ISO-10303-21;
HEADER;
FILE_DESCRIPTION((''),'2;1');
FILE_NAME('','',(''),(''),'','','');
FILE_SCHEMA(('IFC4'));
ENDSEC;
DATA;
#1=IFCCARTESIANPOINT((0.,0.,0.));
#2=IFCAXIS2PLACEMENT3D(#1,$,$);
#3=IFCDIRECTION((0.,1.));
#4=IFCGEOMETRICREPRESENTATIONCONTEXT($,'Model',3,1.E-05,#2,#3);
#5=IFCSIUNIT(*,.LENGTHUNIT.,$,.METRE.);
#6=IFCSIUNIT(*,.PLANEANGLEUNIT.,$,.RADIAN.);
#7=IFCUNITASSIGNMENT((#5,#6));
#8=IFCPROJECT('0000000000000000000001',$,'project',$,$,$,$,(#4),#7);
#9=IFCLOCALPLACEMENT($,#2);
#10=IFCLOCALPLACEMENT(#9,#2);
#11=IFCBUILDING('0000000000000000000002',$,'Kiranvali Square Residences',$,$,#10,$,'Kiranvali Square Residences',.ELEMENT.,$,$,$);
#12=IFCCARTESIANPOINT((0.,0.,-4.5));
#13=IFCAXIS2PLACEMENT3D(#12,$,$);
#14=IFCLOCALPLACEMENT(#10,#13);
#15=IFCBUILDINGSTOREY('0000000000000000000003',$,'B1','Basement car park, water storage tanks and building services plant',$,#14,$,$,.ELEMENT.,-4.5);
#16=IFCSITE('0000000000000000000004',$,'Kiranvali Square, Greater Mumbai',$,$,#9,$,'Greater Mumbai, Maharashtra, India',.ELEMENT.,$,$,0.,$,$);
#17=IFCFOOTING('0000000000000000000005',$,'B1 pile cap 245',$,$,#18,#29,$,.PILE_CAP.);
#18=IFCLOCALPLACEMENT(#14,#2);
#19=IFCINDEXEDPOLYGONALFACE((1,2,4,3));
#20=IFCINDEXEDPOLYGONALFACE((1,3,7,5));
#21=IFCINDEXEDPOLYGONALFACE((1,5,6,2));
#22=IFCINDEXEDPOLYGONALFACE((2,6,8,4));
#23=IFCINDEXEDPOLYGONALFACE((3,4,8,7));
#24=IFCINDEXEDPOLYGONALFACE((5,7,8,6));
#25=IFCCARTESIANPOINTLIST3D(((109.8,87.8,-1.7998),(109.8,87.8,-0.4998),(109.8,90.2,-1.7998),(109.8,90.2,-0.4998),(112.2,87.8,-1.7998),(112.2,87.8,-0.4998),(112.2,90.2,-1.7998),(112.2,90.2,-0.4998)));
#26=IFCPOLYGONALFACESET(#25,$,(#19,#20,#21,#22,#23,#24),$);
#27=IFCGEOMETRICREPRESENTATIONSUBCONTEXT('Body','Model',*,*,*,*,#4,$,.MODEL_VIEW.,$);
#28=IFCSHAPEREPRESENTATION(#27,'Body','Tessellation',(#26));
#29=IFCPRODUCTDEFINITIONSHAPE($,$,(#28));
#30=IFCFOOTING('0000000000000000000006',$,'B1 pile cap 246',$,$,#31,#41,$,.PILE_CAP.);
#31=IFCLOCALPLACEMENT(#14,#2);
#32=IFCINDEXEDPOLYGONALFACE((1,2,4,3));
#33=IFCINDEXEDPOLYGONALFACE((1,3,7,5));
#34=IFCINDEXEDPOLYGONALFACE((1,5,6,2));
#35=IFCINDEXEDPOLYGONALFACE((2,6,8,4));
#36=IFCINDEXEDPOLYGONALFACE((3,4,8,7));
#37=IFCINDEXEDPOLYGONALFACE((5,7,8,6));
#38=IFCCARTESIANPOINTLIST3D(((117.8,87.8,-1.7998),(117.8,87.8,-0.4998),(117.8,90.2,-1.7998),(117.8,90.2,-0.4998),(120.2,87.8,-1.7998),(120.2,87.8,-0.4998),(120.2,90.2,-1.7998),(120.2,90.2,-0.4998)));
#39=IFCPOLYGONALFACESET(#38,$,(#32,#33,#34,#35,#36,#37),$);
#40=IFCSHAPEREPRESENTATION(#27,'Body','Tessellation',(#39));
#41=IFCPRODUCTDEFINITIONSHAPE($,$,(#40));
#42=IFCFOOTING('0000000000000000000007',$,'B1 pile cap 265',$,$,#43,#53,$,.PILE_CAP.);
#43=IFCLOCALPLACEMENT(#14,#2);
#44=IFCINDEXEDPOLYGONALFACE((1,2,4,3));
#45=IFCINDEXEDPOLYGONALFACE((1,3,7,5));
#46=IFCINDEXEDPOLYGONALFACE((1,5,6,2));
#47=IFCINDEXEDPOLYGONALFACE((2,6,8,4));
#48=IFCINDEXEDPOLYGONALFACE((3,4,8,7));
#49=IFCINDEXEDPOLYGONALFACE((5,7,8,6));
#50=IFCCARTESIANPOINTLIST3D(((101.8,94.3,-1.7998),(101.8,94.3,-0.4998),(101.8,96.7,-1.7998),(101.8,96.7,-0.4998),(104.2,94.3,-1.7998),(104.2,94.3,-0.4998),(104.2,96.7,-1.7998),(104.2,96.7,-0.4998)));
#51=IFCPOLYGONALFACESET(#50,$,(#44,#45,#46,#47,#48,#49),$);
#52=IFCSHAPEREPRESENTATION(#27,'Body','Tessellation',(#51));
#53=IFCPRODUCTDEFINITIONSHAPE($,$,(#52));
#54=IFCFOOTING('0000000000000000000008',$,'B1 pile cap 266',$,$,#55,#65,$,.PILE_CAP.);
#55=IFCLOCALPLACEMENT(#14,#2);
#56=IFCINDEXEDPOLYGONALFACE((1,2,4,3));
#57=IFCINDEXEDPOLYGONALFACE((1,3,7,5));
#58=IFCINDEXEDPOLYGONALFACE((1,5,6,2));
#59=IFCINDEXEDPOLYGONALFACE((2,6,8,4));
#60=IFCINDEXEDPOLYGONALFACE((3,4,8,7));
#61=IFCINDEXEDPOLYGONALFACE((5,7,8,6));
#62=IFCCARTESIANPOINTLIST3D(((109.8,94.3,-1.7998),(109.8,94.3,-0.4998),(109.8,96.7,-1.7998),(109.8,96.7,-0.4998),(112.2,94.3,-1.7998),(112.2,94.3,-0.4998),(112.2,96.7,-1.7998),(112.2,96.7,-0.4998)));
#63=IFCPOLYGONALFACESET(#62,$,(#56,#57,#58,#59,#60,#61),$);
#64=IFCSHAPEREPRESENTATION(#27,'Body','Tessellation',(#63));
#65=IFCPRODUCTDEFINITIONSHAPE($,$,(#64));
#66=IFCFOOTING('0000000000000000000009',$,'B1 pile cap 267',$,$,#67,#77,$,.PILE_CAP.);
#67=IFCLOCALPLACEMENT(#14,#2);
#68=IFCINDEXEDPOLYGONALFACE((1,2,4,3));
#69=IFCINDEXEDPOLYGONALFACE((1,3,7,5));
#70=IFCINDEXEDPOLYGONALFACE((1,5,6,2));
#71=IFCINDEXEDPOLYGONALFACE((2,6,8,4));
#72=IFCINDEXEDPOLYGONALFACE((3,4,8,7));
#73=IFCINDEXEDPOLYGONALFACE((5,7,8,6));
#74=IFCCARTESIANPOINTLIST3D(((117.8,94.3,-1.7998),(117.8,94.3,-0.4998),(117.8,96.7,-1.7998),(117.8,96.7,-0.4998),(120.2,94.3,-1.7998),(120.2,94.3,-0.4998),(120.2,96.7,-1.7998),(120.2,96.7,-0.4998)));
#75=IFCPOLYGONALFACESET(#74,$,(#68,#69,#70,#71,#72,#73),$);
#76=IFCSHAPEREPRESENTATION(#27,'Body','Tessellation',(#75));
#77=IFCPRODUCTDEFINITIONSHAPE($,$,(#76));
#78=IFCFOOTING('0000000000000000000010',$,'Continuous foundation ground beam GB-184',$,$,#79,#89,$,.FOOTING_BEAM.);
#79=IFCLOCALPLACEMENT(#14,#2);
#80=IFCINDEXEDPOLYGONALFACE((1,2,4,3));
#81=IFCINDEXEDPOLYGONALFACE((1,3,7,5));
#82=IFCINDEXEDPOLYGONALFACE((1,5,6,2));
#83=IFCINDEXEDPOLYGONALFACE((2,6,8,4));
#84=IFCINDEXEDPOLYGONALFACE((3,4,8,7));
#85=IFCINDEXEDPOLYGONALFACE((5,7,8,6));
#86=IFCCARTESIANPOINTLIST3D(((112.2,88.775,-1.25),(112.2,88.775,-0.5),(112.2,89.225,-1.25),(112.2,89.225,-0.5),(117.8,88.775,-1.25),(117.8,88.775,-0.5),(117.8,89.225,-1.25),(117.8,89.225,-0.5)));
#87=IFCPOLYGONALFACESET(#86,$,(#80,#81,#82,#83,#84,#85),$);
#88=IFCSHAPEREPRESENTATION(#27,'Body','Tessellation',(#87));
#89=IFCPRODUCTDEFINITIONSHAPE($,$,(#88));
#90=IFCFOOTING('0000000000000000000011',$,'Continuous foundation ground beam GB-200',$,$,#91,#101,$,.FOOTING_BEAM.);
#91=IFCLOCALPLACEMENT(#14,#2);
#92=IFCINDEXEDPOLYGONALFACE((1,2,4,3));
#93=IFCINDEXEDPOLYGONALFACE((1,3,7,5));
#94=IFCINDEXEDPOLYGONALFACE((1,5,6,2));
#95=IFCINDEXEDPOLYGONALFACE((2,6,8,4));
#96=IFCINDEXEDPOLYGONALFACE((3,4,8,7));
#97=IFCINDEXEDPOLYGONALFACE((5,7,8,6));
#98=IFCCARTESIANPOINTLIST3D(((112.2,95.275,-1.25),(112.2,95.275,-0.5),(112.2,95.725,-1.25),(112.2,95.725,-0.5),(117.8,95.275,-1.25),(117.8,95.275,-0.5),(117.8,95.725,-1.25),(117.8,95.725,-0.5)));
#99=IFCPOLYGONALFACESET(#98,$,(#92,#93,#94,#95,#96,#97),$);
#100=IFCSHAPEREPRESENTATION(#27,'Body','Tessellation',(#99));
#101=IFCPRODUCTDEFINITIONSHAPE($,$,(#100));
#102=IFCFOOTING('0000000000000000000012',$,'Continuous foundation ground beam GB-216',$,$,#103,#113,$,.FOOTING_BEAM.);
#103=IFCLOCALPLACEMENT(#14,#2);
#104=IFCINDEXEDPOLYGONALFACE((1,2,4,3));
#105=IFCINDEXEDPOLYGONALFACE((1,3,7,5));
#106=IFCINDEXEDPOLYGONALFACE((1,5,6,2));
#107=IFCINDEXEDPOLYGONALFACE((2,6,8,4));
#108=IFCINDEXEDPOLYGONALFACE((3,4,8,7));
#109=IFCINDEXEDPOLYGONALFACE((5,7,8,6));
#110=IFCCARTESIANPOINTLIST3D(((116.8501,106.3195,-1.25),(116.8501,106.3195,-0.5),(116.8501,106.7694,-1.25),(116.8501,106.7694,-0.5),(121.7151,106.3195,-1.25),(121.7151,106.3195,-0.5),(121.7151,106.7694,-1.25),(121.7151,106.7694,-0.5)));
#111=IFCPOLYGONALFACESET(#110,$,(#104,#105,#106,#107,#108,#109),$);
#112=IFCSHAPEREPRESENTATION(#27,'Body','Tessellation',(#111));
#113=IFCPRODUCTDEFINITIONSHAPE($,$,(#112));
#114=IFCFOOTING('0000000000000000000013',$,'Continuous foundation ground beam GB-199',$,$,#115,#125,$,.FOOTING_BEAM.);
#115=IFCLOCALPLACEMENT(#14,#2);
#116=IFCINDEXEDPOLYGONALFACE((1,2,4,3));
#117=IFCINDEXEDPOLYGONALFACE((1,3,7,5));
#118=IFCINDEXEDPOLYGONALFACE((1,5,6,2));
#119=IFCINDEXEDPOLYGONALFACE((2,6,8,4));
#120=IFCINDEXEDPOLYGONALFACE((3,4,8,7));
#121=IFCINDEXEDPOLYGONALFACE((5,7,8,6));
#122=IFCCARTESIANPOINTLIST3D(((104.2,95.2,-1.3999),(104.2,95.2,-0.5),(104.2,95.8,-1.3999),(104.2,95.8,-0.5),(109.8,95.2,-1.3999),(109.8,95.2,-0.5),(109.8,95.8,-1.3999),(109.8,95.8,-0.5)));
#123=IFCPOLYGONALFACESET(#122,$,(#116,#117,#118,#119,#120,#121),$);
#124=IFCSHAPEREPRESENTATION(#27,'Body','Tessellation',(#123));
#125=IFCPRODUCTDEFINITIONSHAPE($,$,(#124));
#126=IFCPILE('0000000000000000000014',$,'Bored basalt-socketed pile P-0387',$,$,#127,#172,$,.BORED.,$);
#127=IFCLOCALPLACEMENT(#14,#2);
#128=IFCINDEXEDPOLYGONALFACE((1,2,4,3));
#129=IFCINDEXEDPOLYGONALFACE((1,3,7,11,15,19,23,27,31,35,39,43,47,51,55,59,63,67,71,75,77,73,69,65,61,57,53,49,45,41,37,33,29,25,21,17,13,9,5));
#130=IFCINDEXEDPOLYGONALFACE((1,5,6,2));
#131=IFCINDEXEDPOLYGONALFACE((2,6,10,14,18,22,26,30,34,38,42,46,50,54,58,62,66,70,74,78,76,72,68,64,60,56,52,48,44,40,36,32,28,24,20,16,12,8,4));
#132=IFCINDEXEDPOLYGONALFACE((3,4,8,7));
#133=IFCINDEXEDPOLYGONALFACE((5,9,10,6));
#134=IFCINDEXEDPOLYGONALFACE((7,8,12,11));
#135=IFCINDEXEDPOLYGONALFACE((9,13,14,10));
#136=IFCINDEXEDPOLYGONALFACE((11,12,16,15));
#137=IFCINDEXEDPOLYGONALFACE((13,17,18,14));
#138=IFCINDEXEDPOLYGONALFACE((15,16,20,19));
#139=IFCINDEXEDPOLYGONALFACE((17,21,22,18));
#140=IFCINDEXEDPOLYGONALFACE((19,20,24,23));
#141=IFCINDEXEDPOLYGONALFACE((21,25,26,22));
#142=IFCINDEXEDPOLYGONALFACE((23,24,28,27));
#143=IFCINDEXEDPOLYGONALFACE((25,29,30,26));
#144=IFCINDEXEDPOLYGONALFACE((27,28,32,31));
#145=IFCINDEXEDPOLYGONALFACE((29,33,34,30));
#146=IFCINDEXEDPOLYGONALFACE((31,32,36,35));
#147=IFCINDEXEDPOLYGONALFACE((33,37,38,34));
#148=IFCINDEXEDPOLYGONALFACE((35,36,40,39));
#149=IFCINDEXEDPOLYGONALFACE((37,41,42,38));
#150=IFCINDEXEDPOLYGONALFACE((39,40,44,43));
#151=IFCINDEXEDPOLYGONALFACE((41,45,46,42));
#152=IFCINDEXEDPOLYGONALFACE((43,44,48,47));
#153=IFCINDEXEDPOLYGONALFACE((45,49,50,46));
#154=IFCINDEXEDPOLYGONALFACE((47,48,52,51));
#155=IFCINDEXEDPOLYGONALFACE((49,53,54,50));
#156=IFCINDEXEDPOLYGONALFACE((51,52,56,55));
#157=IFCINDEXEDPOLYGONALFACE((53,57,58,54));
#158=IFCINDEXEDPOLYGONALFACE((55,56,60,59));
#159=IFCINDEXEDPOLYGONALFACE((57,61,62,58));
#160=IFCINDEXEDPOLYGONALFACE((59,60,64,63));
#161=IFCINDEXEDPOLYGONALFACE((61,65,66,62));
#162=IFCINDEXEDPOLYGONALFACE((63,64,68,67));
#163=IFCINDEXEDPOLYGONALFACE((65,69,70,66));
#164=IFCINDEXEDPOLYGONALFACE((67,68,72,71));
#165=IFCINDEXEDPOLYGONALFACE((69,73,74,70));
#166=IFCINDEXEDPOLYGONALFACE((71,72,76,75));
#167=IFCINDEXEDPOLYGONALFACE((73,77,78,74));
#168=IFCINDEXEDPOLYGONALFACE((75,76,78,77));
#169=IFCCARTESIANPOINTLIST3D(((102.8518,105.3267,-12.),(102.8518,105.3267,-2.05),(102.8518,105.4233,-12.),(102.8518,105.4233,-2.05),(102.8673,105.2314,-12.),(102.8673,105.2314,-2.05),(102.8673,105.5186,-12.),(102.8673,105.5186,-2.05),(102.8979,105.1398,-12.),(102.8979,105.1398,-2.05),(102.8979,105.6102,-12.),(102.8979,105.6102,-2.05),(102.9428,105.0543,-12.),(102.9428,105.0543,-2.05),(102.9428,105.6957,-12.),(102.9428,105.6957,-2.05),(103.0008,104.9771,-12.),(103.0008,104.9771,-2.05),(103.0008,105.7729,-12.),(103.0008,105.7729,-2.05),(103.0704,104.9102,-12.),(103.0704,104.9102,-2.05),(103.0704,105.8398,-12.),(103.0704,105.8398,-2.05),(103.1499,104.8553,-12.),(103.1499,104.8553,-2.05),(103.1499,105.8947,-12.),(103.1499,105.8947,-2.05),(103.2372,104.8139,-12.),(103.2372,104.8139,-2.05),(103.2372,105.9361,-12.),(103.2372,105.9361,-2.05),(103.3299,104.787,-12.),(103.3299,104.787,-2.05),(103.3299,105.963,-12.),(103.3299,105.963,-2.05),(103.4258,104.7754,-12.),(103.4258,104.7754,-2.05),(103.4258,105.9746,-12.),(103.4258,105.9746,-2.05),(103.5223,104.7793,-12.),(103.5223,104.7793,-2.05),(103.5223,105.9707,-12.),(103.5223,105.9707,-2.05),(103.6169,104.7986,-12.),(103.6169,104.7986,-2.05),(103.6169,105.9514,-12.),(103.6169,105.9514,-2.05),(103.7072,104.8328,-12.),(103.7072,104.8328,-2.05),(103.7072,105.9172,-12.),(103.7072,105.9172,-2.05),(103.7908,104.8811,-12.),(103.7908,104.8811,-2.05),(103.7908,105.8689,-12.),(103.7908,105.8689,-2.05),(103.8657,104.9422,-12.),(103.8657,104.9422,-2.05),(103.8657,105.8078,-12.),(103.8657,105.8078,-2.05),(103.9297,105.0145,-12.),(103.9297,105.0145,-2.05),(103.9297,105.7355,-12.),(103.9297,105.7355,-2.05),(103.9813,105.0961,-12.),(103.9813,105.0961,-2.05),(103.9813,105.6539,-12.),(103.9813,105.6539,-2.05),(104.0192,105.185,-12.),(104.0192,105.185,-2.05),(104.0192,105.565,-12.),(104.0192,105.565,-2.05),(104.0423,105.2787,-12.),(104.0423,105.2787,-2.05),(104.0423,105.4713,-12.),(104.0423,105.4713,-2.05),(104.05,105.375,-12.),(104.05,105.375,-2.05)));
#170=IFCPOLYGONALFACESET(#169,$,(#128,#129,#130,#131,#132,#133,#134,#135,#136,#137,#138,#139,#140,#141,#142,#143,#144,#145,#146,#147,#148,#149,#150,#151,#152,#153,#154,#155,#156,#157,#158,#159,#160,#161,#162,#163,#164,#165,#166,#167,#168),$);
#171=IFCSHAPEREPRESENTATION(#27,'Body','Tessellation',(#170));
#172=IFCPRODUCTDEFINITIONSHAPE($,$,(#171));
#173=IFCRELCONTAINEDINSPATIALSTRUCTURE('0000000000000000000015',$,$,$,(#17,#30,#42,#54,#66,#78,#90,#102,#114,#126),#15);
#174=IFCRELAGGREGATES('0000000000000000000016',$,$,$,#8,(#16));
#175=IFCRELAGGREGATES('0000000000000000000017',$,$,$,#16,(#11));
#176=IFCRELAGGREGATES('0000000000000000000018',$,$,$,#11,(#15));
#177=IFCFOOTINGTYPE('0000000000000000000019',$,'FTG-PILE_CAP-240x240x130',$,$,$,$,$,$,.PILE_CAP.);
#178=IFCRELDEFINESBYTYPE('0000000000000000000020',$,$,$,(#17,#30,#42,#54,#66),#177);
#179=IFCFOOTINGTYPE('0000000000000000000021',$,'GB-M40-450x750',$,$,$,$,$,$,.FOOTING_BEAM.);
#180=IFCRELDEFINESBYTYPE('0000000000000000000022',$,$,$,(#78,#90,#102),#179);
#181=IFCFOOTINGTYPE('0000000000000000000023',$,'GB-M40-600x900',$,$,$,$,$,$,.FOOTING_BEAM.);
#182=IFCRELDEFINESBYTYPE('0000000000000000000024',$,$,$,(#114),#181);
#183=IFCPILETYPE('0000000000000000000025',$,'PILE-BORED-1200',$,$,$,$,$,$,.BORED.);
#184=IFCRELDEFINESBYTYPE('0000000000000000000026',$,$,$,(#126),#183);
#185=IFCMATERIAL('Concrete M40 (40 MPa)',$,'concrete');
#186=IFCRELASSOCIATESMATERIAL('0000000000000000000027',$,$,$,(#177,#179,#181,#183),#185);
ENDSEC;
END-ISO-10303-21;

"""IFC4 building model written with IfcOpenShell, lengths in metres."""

from ifc_helpers import new_model, si_unit, direction, frame, origin, origin_2d, place, context, subcontext, project, spatial, rectangle, circle, extrude, material, material_profile, profile_set, type_object, element, save


model = new_model("IFC4")

# Units and contexts
model_context = context("Model", 3, precision=1e-05, world=origin(), true_north=direction((0.0, 1.0)))
body_context = subcontext(model_context, "Body", "Model", "MODEL_VIEW")
ifc_project = project(units=[si_unit("LENGTHUNIT", "METRE"), si_unit("PLANEANGLEUNIT", "RADIAN")], contexts=[model_context])

# Site, building, storey
site_placement = place(None, origin())
site = spatial("IfcSite", under=ifc_project, at=site_placement, Name="Kiranvali Square, Greater Mumbai", LongName="Greater Mumbai, Maharashtra, India", CompositionType="ELEMENT", RefElevation=0.0)
building_placement = place(site_placement, origin())
building = spatial("IfcBuilding", under=site, at=building_placement, Name="Kiranvali Square Residences", LongName="Kiranvali Square Residences", CompositionType="ELEMENT")
storey_placement = place(building_placement, frame((0.0, 0.0, -4.5)))
storey = spatial("IfcBuildingStorey", under=building, at=storey_placement, Name="B1", Description="Basement car park, water storage tanks and building services plant", CompositionType="ELEMENT", Elevation=-4.5)

# Footings
ifc_material_1 = material(Name="Concrete M40 (40 MPa)", Category="concrete")
footing_type_1 = type_object("IfcFootingType", Name="FTG-PILE_CAP-240x240x130", PredefinedType="PILE_CAP", material=ifc_material_1)
for number, where, z_axis, x_axis, name in (
    (1, (111.0, 89.0, -1.7998), (0.0, 0.0, 1.0), (1.0, 0.0, 0.0), "B1 pile cap 245"),
    (2, (119.0, 89.0, -1.7998), (0.0, 0.0, 1.0), (1.0, 0.0, 0.0), "B1 pile cap 246"),
    (3, (103.0, 95.5, -1.7998), (0.0, 0.0, 1.0), (1.0, 0.0, 0.0), "B1 pile cap 265"),
    (4, (111.0, 95.5, -1.7998), (0.0, 0.0, 1.0), (1.0, 0.0, 0.0), "B1 pile cap 266"),
    (5, (119.0, 95.5, -1.7998), (0.0, 0.0, 1.0), (1.0, 0.0, 0.0), "B1 pile cap 267"),
):
    element("IfcFooting", number, at=place(storey_placement, frame(where, z_axis=z_axis, x_axis=x_axis)), inside=storey, type_object=footing_type_1, Name=name, PredefinedType="PILE_CAP", context=body_context, shape_type="SweptSolid", body=[
        extrude(rectangle(XDim=2.3999, YDim=2.3999, at=origin_2d()), origin(), (0.0, 0.0, 1.0), 1.3),
    ])
ifc_material_profile_1 = material_profile(ifc_material_1, rectangle(XDim=0.45, YDim=0.75, at=origin_2d()), Name="GB 450x750")
ifc_profile_set_1 = profile_set([ifc_material_profile_1], Name="Concrete M40 (40 MPa)")
footing_type_2 = type_object("IfcFootingType", Name="GB-M40-450x750", PredefinedType="FOOTING_BEAM", material=ifc_profile_set_1)
for number, where, z_axis, x_axis, name in (
    (6, (112.2, 89.0, -0.875), (1.0, 0.0, 0.0), (0.0, 1.0, 0.0), "Continuous foundation ground beam GB-184"),
    (7, (112.2, 95.5, -0.875), (1.0, 0.0, 0.0), (0.0, 1.0, 0.0), "Continuous foundation ground beam GB-200"),
):
    element("IfcFooting", number, at=place(storey_placement, frame(where, z_axis=z_axis, x_axis=x_axis)), inside=storey, type_object=footing_type_2, Name=name, PredefinedType="FOOTING_BEAM", context=body_context, shape_type="SweptSolid", body=[
        extrude(rectangle(XDim=0.45, YDim=0.75, at=origin_2d()), origin(), (0.0, 0.0, 1.0), 5.6001),
    ])
footing_1_placement = place(storey_placement, frame((116.8501, 106.5444, -0.875), z_axis=(1.0, 0.0, 0.0), x_axis=(0.0, 1.0, 0.0)))
element("IfcFooting", 8, at=footing_1_placement, inside=storey, type_object=footing_type_2, Name="Continuous foundation ground beam GB-216", PredefinedType="FOOTING_BEAM", context=body_context, shape_type="SweptSolid", body=[
    extrude(rectangle(XDim=0.45, YDim=0.75, at=origin_2d()), origin(), (0.0, 0.0, 1.0), 4.865),
])
ifc_material_profile_2 = material_profile(ifc_material_1, rectangle(XDim=0.6001, YDim=0.8999, at=origin_2d()), Name="GB 600x900")
ifc_profile_set_2 = profile_set([ifc_material_profile_2], Name="Concrete M40 (40 MPa)")
footing_type_3 = type_object("IfcFootingType", Name="GB-M40-600x900", PredefinedType="FOOTING_BEAM", material=ifc_profile_set_2)
footing_2_placement = place(storey_placement, frame((104.2, 95.5, -0.95), z_axis=(1.0, 0.0, 0.0), x_axis=(0.0, 1.0, 0.0)))
element("IfcFooting", 9, at=footing_2_placement, inside=storey, type_object=footing_type_3, Name="Continuous foundation ground beam GB-199", PredefinedType="FOOTING_BEAM", context=body_context, shape_type="SweptSolid", body=[
    extrude(rectangle(XDim=0.6001, YDim=0.8999, at=origin_2d()), origin(), (0.0, 0.0, 1.0), 5.6001),
])

# Pile
ifc_material_profile_3 = material_profile(ifc_material_1, circle(Radius=0.6001, at=origin_2d()), Name="BORED PILE 1200")
ifc_profile_set_3 = profile_set([ifc_material_profile_3], Name="Concrete M40 (40 MPa)")
pile_type_1 = type_object("IfcPileType", Name="PILE-BORED-1200", PredefinedType="BORED", material=ifc_profile_set_3)
pile_placement = place(storey_placement, frame((103.45, 105.375, -2.05), z_axis=(0.0, 0.0, -1.0), x_axis=(1.0, 0.0, 0.0)))
element("IfcPile", 10, at=pile_placement, inside=storey, type_object=pile_type_1, Name="Bored basalt-socketed pile P-0387", PredefinedType="BORED", context=body_context, shape_type="SweptSolid", body=[
    extrude(circle(Radius=0.6001, at=origin_2d()), origin(), (0.0, 0.0, 1.0), 9.95),
])

save(model, "model.ifc")
